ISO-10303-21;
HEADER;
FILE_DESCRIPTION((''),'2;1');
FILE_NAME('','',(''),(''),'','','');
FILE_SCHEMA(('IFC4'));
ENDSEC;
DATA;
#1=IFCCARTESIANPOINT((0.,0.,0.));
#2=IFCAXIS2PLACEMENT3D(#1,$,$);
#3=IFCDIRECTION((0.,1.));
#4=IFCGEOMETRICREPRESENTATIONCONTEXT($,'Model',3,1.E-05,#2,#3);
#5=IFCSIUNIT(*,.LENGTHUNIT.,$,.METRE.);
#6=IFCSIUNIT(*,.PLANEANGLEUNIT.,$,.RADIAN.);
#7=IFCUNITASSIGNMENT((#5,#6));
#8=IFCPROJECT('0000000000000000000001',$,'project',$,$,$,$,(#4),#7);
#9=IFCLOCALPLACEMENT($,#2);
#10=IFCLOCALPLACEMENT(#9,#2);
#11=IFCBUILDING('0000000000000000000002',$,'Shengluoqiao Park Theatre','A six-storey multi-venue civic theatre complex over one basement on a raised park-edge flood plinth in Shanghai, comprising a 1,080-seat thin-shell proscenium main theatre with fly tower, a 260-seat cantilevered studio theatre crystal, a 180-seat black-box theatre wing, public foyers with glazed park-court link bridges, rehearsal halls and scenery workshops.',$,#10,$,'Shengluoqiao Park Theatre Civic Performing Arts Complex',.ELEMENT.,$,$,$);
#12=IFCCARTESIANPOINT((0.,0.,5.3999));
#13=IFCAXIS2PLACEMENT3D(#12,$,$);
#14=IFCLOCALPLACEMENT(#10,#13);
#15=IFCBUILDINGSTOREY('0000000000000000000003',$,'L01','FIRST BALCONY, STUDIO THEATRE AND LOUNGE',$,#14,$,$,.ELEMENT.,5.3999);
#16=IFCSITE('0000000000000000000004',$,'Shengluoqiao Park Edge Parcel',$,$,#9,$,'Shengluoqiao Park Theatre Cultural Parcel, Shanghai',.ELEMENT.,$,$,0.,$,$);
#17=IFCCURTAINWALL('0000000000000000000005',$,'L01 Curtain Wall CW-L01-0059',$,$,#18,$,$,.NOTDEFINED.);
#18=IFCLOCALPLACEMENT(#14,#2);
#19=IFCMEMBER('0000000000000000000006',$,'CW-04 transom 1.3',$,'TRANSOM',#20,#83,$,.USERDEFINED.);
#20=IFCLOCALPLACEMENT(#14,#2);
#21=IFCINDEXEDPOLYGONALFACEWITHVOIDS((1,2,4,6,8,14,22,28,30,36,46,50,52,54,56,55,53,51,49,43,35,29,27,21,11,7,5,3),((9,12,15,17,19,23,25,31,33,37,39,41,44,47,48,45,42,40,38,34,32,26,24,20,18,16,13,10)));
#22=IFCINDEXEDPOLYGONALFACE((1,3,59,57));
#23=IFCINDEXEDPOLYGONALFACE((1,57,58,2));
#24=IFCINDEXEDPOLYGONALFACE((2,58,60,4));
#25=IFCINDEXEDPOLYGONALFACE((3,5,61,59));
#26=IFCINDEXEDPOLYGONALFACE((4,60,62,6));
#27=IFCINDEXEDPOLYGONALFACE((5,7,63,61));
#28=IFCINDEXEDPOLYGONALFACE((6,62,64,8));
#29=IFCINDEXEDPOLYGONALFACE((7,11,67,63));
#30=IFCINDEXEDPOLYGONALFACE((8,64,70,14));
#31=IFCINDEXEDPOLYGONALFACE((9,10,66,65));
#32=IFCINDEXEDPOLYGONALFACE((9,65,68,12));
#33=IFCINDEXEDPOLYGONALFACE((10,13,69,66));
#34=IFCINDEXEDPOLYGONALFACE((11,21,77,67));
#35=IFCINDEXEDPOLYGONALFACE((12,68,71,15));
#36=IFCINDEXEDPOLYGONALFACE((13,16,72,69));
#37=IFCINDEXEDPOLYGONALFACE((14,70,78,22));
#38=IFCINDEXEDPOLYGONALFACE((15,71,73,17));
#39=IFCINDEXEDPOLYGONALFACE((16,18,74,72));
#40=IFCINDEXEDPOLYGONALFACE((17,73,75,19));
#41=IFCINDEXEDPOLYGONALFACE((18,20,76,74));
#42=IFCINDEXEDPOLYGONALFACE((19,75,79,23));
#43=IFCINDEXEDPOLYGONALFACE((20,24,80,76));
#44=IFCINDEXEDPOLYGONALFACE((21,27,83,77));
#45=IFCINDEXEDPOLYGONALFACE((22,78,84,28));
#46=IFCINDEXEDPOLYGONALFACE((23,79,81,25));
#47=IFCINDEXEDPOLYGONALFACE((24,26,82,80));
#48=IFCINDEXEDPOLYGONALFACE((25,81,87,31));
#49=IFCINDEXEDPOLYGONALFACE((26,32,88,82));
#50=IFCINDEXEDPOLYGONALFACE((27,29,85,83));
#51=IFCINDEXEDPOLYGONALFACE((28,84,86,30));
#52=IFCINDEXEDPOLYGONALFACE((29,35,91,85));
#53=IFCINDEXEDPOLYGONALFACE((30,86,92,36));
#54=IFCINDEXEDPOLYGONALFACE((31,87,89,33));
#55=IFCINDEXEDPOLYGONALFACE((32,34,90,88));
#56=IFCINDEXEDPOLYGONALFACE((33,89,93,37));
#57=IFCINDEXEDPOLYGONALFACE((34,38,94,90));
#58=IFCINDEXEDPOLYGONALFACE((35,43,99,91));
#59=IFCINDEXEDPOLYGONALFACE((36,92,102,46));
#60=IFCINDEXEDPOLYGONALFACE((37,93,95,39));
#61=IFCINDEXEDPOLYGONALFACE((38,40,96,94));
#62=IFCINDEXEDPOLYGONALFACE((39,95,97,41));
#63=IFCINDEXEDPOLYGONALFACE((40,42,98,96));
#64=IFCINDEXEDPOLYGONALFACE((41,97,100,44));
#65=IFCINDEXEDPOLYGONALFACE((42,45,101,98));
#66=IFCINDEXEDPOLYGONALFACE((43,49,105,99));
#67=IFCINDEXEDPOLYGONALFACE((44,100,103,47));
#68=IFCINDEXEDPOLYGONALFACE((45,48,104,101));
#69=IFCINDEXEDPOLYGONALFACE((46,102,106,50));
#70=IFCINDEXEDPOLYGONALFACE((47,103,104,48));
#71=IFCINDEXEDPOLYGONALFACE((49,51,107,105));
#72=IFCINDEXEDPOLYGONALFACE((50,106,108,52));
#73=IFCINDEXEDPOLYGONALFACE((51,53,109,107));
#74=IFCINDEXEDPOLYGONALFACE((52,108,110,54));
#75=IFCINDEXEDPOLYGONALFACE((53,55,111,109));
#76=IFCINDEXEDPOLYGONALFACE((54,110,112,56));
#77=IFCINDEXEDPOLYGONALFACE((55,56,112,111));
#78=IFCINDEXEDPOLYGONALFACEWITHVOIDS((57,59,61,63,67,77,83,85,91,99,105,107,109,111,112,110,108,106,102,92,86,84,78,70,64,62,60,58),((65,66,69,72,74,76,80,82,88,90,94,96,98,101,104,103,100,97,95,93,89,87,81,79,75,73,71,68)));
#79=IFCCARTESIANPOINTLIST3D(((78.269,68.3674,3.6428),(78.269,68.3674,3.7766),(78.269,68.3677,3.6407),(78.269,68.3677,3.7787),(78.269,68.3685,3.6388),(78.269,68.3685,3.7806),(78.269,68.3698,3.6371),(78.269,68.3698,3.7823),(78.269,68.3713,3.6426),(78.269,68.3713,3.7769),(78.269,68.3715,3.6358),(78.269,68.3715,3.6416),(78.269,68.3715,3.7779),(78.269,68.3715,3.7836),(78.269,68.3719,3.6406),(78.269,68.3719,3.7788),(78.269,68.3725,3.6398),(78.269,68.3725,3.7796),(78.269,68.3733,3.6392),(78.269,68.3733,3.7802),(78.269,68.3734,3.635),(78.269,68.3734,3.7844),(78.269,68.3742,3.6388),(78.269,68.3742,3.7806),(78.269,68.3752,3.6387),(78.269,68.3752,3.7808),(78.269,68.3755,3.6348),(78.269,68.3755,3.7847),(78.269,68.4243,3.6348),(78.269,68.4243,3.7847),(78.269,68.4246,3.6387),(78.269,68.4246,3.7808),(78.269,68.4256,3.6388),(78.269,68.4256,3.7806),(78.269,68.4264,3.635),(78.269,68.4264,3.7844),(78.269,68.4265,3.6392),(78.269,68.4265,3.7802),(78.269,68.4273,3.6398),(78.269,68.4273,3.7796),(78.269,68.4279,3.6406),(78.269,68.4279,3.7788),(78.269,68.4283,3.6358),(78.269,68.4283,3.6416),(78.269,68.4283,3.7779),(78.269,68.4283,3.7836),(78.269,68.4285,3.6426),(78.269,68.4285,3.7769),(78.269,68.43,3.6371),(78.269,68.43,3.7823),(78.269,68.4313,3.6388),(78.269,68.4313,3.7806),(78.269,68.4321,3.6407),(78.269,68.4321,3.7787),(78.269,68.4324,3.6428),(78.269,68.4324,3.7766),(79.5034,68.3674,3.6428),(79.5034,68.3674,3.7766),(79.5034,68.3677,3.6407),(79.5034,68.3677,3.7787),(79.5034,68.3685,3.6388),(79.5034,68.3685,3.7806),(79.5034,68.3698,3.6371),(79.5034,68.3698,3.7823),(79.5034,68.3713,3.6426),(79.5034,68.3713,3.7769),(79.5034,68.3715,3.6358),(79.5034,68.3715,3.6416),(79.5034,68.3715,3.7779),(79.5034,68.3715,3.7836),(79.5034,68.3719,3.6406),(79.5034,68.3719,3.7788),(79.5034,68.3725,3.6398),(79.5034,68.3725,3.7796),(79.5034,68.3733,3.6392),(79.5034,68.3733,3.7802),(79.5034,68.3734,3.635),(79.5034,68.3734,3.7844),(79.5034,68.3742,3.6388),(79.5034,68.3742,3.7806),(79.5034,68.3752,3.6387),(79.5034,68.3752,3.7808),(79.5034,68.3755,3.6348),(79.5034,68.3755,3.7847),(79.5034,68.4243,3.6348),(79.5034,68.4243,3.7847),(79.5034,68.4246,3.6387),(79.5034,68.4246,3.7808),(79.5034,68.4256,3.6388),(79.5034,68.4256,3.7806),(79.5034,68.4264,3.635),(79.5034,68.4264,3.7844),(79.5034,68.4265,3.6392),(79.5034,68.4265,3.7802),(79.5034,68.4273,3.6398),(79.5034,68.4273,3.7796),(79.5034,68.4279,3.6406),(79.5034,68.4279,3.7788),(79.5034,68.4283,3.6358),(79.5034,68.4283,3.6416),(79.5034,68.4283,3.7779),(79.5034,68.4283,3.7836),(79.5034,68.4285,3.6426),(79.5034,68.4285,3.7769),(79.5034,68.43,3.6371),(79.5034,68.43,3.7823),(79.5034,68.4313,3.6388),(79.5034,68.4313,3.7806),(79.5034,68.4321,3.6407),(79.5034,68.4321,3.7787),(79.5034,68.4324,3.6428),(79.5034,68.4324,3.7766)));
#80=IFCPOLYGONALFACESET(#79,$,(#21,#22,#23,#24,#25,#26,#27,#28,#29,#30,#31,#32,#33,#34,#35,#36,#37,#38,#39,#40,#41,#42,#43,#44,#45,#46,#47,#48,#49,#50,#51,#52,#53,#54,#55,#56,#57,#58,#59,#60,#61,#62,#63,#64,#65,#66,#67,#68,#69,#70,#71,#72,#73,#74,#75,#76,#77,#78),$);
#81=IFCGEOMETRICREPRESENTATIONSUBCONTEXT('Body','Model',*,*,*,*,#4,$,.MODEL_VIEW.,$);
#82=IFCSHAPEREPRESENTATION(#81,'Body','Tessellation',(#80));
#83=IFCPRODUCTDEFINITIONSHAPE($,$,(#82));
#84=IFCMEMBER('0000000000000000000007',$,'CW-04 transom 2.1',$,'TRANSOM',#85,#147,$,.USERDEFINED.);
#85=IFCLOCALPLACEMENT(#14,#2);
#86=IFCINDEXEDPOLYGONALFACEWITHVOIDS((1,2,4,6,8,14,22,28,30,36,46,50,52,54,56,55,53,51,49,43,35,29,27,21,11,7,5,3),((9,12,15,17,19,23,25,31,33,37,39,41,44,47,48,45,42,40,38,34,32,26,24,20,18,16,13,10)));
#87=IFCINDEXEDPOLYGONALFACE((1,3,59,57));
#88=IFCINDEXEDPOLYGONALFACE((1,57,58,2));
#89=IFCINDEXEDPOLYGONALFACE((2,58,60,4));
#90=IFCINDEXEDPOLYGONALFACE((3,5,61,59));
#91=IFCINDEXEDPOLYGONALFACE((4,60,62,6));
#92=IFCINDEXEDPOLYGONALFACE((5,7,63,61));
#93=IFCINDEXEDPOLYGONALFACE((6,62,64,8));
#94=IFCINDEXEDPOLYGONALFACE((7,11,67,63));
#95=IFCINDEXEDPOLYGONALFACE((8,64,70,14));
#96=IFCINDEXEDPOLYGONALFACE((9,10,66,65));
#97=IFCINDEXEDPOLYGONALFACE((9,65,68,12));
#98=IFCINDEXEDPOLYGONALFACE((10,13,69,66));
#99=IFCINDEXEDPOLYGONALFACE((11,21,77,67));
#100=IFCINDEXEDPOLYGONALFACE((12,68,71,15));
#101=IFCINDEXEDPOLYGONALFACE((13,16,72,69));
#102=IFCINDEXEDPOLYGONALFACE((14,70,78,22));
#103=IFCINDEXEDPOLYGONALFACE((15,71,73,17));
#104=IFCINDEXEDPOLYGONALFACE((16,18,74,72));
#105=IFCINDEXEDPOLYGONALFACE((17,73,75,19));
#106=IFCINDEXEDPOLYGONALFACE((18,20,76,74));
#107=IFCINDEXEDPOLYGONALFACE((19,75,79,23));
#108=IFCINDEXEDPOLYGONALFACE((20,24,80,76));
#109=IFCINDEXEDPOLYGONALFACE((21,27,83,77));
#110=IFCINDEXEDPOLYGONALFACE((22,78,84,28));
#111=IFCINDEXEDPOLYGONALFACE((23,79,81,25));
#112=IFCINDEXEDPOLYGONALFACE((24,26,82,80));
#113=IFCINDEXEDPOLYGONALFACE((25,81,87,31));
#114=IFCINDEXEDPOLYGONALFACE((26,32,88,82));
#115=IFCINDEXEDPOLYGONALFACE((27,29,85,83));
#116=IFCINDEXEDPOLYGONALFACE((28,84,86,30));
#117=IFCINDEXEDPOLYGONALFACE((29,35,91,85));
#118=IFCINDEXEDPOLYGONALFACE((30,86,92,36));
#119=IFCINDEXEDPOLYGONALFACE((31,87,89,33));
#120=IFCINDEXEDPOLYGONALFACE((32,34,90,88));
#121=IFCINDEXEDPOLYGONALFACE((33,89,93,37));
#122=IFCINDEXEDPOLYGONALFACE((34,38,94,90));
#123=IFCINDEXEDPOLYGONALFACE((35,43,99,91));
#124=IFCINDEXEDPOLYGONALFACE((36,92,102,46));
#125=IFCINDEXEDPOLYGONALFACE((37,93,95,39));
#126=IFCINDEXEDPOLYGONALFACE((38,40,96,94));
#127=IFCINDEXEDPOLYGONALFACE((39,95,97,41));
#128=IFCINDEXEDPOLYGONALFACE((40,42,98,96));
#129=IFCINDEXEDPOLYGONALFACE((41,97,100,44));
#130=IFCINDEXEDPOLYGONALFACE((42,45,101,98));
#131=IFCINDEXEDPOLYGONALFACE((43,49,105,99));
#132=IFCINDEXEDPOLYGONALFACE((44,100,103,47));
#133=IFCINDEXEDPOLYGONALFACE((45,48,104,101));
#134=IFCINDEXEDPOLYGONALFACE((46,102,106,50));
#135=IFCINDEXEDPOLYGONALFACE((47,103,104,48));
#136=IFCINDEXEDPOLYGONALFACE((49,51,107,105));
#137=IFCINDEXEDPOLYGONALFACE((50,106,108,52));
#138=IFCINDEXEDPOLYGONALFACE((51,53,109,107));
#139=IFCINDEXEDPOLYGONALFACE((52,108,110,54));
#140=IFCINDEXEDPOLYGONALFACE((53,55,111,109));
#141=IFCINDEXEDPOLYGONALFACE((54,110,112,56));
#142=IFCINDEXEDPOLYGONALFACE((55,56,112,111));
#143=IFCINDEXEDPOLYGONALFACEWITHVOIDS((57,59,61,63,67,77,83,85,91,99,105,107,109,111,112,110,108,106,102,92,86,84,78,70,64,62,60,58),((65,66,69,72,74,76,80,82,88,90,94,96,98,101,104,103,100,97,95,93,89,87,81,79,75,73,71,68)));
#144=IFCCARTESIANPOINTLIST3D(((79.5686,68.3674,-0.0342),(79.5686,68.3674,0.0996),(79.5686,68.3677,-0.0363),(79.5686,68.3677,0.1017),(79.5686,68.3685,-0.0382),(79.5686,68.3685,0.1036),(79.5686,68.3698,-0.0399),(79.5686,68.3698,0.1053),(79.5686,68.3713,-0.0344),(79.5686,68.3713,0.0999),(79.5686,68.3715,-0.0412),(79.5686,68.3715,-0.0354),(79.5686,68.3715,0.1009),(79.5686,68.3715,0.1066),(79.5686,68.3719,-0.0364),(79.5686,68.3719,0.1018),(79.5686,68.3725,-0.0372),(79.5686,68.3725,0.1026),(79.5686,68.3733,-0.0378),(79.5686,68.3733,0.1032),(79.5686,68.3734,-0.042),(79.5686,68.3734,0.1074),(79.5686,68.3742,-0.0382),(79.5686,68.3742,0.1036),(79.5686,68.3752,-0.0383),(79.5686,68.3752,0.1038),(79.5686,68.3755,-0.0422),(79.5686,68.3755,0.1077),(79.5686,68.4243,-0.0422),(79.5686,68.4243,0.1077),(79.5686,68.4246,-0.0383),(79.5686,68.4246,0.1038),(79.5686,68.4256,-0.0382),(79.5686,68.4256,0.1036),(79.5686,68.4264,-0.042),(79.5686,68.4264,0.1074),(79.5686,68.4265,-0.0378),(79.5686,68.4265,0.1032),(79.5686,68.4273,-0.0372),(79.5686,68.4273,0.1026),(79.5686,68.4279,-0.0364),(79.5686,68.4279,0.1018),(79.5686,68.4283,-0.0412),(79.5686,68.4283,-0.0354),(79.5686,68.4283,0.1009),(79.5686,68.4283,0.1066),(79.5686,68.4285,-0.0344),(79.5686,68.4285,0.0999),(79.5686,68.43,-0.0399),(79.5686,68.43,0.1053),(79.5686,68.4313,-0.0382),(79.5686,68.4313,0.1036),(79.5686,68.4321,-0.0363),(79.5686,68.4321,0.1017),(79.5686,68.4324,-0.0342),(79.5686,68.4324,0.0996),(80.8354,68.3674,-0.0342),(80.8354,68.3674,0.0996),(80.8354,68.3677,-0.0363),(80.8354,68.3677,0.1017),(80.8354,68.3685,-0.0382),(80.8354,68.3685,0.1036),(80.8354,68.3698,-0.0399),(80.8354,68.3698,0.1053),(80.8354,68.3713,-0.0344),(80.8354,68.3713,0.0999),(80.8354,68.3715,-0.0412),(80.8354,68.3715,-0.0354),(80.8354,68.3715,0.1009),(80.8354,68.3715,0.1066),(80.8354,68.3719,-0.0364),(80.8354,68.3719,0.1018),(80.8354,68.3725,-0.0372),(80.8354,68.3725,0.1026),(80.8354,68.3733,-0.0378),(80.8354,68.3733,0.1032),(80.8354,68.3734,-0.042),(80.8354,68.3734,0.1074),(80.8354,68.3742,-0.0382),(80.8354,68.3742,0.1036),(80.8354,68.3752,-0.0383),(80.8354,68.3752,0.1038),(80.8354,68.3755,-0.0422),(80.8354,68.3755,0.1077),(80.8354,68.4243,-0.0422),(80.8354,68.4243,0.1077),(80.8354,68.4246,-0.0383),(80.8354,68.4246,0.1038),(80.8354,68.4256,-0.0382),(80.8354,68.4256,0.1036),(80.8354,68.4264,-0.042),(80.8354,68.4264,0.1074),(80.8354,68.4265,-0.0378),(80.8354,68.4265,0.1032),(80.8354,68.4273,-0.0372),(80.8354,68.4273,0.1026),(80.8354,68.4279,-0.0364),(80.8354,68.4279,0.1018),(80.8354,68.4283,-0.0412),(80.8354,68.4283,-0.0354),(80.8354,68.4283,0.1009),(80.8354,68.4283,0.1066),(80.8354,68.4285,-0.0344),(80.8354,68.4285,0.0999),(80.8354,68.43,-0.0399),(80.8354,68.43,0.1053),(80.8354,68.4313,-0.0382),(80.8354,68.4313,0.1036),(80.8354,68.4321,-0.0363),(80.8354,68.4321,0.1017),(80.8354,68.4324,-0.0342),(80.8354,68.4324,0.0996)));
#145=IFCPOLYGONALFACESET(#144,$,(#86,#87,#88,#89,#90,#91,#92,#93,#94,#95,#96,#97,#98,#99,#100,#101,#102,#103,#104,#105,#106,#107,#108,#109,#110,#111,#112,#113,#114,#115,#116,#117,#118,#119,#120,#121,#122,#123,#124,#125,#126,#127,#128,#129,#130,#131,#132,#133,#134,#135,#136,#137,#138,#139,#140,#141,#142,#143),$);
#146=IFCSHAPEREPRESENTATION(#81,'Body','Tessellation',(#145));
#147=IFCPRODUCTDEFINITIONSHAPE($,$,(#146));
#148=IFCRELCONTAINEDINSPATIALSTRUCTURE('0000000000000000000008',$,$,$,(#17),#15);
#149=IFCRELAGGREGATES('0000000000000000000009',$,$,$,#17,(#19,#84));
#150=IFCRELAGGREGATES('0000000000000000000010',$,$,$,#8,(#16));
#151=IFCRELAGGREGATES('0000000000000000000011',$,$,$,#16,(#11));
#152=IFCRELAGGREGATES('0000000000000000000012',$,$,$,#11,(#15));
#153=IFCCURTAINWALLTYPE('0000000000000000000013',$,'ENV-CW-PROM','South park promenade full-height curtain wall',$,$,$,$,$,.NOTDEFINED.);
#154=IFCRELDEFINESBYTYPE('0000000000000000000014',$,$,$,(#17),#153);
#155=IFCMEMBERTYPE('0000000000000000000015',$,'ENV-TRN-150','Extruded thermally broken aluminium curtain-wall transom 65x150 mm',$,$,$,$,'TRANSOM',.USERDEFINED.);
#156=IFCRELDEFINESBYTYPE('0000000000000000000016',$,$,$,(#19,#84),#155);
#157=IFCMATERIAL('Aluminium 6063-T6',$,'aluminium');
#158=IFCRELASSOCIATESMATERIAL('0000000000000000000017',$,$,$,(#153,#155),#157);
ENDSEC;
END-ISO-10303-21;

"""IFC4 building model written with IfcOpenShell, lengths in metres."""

from ifc_helpers import new_model, si_unit, direction, frame, origin, origin_2d, place, context, subcontext, project, spatial, hollow_rectangle, extrude, material, material_profile, profile_set, type_object, element, aggregate, save


model = new_model("IFC4")

# Units and contexts
model_context = context("Model", 3, precision=1e-05, world=origin(), true_north=direction((0.0, 1.0)))
body_context = subcontext(model_context, "Body", "Model", "MODEL_VIEW")
ifc_project = project(units=[si_unit("LENGTHUNIT", "METRE"), si_unit("PLANEANGLEUNIT", "RADIAN")], contexts=[model_context])

# Site, building, storey
site_placement = place(None, origin())
site = spatial("IfcSite", under=ifc_project, at=site_placement, Name="Shengluoqiao Park Edge Parcel", LongName="Shengluoqiao Park Theatre Cultural Parcel, Shanghai", CompositionType="ELEMENT", RefElevation=0.0)
building_placement = place(site_placement, origin())
building = spatial("IfcBuilding", under=site, at=building_placement, Name="Shengluoqiao Park Theatre", Description="A six-storey multi-venue civic theatre complex over one basement on a raised park-edge flood plinth in Shanghai, comprising a 1,080-seat thin-shell proscenium main theatre with fly tower, a 260-seat cantilevered studio theatre crystal, a 180-seat black-box theatre wing, public foyers with glazed park-court link bridges, rehearsal halls and scenery workshops.", LongName="Shengluoqiao Park Theatre Civic Performing Arts Complex", CompositionType="ELEMENT")
storey_placement = place(building_placement, frame((0.0, 0.0, 5.3999)))
storey = spatial("IfcBuildingStorey", under=building, at=storey_placement, Name="L01", Description="FIRST BALCONY, STUDIO THEATRE AND LOUNGE", CompositionType="ELEMENT", Elevation=5.3999)

# Curtain wall
ifc_material_1 = material(Name="Aluminium 6063-T6", Category="aluminium")
curtain_wall_type = type_object("IfcCurtainWallType", Name="ENV-CW-PROM", Description="South park promenade full-height curtain wall", PredefinedType="NOTDEFINED", material=ifc_material_1)
curtain_wall_1_placement = place(storey_placement, origin())
curtain_wall_1 = element("IfcCurtainWall", 1, at=curtain_wall_1_placement, inside=storey, type_object=curtain_wall_type, Name="L01 Curtain Wall CW-L01-0059", PredefinedType="NOTDEFINED")

# Members
ifc_material_profile_1 = material_profile(ifc_material_1, hollow_rectangle(XDim=0.0649, YDim=0.1499, WallThickness=0.0039, InnerFilletRadius=0.0039, OuterFilletRadius=0.0081, at=origin_2d()), Name="ALU TRANSOM 150x65x4")
ifc_profile_set_1 = profile_set([ifc_material_profile_1], Name="Aluminium 6063-T6")
member_type_1 = type_object("IfcMemberType", Name="ENV-TRN-150", Description="Extruded thermally broken aluminium curtain-wall transom 65x150 mm", ElementType="TRANSOM", PredefinedType="USERDEFINED", material=ifc_profile_set_1)
member_1_placement = place(storey_placement, frame((78.269, 68.3999, 3.7097), z_axis=(1.0, 0.0, 0.0), x_axis=(0.0, 1.0, 0.0)))
member_1 = element("IfcMember", 2, at=member_1_placement, type_object=member_type_1, Name="CW-04 transom 1.3", ObjectType="TRANSOM", PredefinedType="USERDEFINED", context=body_context, shape_type="SweptSolid", body=[
    extrude(hollow_rectangle(XDim=0.0649, YDim=0.1499, WallThickness=0.0039, InnerFilletRadius=0.0039, OuterFilletRadius=0.0081, at=origin_2d()), origin(), (0.0, 0.0, 1.0), 1.2344),
])
member_2_placement = place(storey_placement, frame((79.5686, 68.3999, 0.0327), z_axis=(1.0, 0.0, 0.0), x_axis=(0.0, 1.0, 0.0)))
member_2 = element("IfcMember", 3, at=member_2_placement, type_object=member_type_1, Name="CW-04 transom 2.1", ObjectType="TRANSOM", PredefinedType="USERDEFINED", context=body_context, shape_type="SweptSolid", body=[
    extrude(hollow_rectangle(XDim=0.0649, YDim=0.1499, WallThickness=0.0039, InnerFilletRadius=0.0039, OuterFilletRadius=0.0081, at=origin_2d()), origin(), (0.0, 0.0, 1.0), 1.2668),
])

aggregate(curtain_wall_1, [member_1, member_2])

save(model, "model.ifc")
